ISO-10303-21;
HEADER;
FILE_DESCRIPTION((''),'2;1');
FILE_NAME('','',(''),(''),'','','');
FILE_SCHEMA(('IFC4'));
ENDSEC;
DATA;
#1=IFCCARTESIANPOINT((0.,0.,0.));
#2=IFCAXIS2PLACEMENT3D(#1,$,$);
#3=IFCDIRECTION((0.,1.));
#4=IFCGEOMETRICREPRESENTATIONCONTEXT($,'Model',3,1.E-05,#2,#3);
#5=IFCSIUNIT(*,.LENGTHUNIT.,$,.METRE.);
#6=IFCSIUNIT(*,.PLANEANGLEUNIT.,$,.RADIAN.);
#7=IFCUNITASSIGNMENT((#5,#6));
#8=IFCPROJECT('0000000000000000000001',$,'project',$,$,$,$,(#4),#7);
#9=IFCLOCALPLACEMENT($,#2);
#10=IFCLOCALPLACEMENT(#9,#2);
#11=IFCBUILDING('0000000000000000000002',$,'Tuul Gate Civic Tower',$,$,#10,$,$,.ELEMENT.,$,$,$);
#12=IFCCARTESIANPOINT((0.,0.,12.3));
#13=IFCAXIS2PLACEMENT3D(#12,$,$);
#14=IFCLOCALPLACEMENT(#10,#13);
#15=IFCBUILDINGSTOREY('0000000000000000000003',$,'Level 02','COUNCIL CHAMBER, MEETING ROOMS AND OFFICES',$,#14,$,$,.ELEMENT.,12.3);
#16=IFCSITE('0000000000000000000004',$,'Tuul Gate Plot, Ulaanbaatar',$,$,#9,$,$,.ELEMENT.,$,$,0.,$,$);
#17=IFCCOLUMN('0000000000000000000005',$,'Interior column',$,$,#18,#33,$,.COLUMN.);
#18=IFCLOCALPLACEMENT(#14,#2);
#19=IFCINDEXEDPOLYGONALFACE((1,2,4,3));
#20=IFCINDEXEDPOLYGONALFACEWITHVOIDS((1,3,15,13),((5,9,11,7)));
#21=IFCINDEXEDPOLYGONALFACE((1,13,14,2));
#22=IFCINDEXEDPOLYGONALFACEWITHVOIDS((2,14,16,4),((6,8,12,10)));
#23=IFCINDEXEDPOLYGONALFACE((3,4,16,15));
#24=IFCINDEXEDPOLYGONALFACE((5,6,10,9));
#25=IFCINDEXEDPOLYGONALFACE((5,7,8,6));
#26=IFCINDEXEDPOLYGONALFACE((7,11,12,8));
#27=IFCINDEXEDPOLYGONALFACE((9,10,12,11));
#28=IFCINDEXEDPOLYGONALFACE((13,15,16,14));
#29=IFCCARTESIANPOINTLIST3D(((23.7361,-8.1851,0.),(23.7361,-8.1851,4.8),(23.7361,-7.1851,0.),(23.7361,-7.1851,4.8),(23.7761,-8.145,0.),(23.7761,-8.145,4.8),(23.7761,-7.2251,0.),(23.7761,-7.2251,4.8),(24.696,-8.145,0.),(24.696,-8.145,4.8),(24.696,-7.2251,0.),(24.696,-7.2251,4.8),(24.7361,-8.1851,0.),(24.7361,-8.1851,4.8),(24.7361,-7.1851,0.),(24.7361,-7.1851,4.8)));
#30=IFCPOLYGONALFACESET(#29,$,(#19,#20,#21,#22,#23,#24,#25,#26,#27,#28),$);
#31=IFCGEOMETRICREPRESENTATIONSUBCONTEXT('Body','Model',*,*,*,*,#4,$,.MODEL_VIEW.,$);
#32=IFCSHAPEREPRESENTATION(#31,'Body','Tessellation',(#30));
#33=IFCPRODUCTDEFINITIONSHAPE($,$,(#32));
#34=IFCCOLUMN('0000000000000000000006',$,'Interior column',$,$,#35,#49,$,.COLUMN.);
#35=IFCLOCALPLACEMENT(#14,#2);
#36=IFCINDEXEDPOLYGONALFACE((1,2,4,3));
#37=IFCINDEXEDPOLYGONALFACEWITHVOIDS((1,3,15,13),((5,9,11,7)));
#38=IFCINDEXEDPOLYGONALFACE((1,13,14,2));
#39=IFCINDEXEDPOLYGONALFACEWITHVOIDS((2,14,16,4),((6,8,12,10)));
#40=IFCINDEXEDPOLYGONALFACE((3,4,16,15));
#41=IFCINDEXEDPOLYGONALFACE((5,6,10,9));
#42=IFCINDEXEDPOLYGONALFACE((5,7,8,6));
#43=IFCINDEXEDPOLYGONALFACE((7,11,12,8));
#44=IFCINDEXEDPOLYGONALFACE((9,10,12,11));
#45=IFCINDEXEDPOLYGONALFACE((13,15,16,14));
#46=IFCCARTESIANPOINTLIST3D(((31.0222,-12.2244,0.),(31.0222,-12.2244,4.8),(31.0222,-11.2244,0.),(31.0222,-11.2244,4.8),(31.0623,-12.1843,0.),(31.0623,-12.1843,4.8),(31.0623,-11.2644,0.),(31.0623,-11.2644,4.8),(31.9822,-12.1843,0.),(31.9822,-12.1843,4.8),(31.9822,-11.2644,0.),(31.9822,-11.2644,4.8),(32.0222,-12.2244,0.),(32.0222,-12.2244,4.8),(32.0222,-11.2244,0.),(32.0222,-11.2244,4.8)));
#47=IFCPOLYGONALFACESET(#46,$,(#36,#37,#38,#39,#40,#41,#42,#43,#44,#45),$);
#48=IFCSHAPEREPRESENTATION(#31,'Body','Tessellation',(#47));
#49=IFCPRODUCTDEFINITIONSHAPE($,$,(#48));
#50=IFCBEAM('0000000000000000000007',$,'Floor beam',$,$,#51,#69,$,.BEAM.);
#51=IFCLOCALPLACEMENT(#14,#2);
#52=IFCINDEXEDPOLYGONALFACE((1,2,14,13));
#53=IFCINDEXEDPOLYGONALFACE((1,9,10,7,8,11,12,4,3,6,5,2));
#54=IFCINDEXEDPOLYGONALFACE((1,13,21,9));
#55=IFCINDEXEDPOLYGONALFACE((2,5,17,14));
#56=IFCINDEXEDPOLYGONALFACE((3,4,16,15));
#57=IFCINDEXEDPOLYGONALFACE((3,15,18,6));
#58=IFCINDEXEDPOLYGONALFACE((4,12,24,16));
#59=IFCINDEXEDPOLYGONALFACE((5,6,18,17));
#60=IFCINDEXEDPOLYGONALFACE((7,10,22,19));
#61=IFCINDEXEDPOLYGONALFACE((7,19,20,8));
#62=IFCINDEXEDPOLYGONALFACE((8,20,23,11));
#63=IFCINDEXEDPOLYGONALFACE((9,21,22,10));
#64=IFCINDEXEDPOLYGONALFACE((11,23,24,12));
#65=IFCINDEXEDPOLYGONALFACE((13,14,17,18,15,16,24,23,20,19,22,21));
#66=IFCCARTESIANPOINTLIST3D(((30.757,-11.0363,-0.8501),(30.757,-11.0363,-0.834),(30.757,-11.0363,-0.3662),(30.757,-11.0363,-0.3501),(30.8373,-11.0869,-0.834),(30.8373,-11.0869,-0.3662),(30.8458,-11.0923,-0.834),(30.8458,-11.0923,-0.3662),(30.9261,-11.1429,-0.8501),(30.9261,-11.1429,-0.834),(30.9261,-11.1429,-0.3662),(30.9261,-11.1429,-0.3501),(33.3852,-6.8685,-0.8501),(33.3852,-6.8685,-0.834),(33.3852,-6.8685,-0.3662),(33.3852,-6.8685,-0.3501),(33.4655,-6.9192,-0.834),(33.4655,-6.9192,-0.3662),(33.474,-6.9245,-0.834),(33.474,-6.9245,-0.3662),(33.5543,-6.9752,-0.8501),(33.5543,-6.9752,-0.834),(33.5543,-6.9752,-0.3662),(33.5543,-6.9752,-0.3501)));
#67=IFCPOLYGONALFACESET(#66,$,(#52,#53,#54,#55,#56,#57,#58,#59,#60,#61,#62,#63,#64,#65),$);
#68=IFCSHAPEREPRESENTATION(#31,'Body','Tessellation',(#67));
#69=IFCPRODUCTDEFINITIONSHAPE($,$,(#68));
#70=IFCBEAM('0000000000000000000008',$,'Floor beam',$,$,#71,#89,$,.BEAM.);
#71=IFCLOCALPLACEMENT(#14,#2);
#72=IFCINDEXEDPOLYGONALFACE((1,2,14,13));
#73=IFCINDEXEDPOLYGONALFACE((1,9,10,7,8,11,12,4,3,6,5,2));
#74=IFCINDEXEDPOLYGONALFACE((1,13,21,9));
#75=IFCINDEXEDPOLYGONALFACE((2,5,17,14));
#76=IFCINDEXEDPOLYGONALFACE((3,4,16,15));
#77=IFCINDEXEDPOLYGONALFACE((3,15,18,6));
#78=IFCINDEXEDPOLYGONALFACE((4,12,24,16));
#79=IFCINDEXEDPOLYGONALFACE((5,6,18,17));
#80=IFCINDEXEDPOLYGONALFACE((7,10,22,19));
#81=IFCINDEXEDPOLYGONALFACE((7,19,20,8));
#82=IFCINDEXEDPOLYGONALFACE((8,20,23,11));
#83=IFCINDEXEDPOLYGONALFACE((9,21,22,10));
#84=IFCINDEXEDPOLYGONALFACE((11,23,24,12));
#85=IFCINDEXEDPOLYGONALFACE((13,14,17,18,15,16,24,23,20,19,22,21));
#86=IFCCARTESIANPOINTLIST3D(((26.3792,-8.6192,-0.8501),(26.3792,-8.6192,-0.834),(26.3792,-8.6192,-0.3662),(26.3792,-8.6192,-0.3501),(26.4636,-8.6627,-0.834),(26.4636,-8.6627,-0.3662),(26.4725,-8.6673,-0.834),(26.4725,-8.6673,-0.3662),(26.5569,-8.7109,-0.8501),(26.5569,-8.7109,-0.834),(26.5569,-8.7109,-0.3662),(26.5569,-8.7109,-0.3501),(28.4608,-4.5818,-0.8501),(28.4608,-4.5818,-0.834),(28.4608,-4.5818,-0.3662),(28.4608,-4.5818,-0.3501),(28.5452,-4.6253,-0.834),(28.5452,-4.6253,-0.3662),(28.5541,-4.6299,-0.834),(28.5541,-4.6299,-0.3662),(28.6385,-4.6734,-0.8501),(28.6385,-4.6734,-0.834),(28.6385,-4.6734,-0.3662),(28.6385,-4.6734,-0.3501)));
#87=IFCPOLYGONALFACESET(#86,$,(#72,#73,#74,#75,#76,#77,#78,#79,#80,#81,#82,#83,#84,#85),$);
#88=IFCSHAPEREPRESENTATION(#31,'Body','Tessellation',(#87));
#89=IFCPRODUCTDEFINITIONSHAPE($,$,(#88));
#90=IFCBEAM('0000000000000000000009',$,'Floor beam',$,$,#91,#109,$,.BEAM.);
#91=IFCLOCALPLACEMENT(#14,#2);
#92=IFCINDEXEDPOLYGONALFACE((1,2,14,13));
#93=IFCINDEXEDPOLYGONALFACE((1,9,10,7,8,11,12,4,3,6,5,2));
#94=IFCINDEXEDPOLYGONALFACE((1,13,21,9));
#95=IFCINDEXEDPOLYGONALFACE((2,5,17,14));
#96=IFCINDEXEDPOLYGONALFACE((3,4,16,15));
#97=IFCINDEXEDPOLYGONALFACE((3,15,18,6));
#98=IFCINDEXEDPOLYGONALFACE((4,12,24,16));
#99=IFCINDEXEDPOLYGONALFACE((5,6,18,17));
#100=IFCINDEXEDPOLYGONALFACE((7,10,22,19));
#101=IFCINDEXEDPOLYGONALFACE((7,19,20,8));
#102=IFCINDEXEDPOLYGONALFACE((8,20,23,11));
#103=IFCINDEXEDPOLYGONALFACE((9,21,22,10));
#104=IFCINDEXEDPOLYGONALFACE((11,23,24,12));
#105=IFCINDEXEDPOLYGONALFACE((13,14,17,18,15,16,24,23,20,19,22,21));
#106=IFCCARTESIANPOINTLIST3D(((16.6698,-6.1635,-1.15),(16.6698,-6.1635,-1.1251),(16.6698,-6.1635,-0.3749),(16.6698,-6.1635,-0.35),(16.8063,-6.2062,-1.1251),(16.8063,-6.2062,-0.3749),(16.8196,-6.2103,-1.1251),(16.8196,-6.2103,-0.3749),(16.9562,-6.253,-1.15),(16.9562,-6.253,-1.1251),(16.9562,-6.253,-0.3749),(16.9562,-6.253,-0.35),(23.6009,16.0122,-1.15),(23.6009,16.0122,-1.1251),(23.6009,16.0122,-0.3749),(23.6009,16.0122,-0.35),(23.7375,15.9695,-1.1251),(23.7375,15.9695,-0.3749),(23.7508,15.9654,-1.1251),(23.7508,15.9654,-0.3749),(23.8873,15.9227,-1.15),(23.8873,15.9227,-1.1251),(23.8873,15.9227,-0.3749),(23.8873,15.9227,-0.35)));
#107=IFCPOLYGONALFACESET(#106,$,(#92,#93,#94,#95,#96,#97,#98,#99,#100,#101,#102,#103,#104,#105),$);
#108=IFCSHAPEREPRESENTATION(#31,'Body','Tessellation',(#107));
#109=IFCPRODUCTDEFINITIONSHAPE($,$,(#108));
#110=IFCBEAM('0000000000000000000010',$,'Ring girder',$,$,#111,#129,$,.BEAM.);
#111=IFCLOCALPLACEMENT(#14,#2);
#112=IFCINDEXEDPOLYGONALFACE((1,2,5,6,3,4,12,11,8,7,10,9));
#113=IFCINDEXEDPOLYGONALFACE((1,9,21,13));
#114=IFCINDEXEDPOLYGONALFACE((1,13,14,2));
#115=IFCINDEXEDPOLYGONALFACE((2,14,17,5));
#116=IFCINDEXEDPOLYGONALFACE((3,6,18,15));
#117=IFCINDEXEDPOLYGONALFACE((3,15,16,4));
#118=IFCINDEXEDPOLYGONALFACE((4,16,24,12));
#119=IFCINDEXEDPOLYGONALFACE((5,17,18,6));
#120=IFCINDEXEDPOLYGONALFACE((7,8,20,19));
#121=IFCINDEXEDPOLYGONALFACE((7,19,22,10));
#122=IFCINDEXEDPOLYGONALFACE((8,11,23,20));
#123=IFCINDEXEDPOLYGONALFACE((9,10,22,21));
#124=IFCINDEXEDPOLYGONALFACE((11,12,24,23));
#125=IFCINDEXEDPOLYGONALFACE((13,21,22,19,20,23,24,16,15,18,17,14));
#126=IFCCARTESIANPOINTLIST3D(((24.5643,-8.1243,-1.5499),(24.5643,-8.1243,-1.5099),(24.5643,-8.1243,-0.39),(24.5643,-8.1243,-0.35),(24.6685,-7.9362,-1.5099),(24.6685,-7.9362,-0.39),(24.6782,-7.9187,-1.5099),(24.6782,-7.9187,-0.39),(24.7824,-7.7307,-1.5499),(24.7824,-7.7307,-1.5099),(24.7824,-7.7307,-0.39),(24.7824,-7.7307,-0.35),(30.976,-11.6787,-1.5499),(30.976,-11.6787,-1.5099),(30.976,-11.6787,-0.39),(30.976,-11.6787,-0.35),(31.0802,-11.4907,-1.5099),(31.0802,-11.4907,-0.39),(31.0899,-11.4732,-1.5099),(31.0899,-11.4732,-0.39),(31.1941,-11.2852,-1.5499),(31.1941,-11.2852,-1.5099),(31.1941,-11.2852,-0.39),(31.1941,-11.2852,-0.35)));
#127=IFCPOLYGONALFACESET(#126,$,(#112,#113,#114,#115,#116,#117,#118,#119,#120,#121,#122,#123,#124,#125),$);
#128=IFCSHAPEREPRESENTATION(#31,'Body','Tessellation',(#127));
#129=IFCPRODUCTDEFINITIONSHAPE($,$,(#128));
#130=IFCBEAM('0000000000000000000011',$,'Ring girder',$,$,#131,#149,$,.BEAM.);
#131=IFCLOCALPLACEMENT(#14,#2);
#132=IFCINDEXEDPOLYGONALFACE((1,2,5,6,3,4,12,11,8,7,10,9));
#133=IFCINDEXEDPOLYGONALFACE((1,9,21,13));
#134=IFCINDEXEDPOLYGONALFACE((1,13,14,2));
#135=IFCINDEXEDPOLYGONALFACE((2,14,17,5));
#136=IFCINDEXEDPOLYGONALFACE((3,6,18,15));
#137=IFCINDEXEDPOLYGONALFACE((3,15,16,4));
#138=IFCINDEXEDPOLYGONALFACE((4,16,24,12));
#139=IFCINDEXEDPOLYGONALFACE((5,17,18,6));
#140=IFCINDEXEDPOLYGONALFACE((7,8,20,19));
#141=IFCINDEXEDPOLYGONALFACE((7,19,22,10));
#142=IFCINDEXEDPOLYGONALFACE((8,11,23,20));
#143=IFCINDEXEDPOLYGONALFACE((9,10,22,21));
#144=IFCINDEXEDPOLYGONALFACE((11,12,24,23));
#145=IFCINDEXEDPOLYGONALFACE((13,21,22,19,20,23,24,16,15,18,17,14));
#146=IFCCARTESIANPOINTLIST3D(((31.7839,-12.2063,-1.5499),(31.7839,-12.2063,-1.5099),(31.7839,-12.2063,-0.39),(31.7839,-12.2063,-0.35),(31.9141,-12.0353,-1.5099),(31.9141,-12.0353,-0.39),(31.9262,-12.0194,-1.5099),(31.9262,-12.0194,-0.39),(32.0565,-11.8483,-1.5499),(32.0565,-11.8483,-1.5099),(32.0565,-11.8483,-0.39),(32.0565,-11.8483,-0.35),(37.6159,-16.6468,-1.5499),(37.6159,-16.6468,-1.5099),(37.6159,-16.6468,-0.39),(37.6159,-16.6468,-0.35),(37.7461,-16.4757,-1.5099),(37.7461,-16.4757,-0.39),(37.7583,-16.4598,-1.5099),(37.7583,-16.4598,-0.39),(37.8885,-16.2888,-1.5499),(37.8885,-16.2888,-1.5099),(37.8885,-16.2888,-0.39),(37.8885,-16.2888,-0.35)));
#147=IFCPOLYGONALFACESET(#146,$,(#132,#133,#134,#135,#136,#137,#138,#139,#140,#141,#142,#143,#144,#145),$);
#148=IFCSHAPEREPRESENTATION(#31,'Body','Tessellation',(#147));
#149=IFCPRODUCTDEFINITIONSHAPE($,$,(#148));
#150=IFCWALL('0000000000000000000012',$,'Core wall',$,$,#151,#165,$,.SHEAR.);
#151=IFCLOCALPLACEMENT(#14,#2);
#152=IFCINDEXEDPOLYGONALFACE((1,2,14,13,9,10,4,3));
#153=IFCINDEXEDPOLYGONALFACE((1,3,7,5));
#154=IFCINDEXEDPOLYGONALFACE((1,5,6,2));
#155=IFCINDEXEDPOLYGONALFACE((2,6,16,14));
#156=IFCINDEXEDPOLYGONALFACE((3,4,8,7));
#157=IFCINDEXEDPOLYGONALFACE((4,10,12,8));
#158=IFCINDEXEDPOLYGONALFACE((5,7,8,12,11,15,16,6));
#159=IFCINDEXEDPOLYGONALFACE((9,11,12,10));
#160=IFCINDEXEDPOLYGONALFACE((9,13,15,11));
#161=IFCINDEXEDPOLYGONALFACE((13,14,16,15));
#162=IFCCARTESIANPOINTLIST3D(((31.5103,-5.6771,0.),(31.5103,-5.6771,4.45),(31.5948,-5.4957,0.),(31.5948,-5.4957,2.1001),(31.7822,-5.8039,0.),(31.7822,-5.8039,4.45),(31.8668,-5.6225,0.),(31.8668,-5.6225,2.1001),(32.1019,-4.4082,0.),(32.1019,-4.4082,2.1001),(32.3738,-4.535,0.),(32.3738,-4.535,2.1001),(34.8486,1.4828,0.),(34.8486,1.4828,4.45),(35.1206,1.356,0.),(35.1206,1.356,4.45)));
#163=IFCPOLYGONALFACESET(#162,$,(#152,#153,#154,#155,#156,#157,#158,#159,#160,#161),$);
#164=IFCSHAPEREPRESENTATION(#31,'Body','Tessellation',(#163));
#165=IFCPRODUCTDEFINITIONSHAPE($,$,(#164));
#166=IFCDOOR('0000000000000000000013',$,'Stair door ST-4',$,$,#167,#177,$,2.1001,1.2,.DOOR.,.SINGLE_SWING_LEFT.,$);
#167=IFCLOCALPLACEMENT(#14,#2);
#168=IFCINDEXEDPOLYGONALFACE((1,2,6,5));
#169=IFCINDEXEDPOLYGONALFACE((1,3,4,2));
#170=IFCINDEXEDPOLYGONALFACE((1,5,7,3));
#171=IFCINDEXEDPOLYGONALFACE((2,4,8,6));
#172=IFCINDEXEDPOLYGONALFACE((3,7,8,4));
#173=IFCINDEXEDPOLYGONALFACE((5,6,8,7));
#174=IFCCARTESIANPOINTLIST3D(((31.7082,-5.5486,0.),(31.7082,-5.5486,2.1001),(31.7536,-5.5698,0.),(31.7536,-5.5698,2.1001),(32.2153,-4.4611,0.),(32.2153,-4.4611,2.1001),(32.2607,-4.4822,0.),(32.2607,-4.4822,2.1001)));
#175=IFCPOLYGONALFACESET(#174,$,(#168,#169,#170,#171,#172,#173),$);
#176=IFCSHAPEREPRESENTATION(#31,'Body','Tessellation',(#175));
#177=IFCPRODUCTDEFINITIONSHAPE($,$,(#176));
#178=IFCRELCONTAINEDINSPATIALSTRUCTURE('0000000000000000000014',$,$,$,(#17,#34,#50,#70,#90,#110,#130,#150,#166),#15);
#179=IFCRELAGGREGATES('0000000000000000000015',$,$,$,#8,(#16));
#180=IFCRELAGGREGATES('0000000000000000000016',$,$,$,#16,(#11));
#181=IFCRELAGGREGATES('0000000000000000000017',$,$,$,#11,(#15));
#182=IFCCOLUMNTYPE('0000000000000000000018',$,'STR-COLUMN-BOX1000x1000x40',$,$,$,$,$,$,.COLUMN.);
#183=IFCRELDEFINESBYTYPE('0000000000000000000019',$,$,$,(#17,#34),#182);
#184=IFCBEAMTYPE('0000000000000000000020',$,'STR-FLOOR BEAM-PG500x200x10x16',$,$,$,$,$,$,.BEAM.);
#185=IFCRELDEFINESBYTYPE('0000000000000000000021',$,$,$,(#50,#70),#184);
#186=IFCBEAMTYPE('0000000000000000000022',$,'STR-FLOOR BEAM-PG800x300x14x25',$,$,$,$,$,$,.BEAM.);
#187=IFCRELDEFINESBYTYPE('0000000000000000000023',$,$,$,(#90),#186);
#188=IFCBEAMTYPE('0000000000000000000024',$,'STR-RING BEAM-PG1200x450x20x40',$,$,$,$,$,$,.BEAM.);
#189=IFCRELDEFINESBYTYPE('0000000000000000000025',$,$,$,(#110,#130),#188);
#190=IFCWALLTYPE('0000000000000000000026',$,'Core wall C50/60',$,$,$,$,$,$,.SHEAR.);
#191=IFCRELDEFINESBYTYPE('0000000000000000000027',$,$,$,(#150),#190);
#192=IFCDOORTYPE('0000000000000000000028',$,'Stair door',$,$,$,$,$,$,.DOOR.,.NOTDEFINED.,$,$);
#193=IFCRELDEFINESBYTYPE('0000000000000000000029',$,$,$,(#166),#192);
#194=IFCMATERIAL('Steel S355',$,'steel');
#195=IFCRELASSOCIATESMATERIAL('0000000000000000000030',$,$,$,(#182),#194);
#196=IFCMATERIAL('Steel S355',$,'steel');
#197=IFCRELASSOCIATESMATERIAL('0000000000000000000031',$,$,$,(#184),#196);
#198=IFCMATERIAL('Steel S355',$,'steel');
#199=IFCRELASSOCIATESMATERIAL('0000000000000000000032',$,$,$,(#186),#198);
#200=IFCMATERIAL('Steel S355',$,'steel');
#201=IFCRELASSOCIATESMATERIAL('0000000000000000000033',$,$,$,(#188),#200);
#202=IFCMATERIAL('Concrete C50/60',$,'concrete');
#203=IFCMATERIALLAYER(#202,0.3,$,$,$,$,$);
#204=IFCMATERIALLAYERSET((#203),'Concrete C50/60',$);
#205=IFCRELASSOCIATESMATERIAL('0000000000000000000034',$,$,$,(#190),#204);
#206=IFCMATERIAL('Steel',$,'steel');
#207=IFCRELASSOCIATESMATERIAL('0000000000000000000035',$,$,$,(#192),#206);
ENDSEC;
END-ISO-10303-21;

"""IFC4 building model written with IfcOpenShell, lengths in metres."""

from ifc_helpers import new_model, si_unit, direction, frame, frame_2d, origin, origin_2d, place, context, subcontext, project, spatial, rectangle, hollow_rectangle, i_section, extrude, material, layer, layer_set, material_profile, profile_set, type_object, element, fill, save


model = new_model("IFC4")

# Units and contexts
model_context = context("Model", 3, precision=1e-05, world=origin(), true_north=direction((0.0, 1.0)))
body_context = subcontext(model_context, "Body", "Model", "MODEL_VIEW")
ifc_project = project(units=[si_unit("LENGTHUNIT", "METRE"), si_unit("PLANEANGLEUNIT", "RADIAN")], contexts=[model_context])

# Site, building, storey
site_placement = place(None, origin())
site = spatial("IfcSite", under=ifc_project, at=site_placement, Name="Tuul Gate Plot, Ulaanbaatar", CompositionType="ELEMENT", RefElevation=0.0)
building_placement = place(site_placement, origin())
building = spatial("IfcBuilding", under=site, at=building_placement, Name="Tuul Gate Civic Tower", CompositionType="ELEMENT")
storey_placement = place(building_placement, frame((0.0, 0.0, 12.3)))
storey = spatial("IfcBuildingStorey", under=building, at=storey_placement, Name="Level 02", Description="COUNCIL CHAMBER, MEETING ROOMS AND OFFICES", CompositionType="ELEMENT", Elevation=12.3)

# Columns
ifc_material_1 = material(Name="Steel S355", Category="steel")
ifc_material_profile_1 = material_profile(ifc_material_1, hollow_rectangle(XDim=1.0, YDim=1.0, WallThickness=0.04, at=origin_2d()), Name="BOX1000x1000x40")
ifc_profile_set_1 = profile_set([ifc_material_profile_1], Name="Steel S355")
column_type = type_object("IfcColumnType", Name="STR-COLUMN-BOX1000x1000x40", PredefinedType="COLUMN", material=ifc_profile_set_1)
for number, where, z_axis, x_axis, name in (
    (1, (24.2361, -7.6851, 0.0), (0.0, 0.0, 1.0), (1.0, 0.0, 0.0), "Interior column"),
    (2, (31.5222, -11.7244, 0.0), (0.0, 0.0, 1.0), (1.0, 0.0, 0.0), "Interior column"),
):
    element("IfcColumn", number, at=place(storey_placement, frame(where, z_axis=z_axis, x_axis=x_axis)), inside=storey, type_object=column_type, Name=name, PredefinedType="COLUMN", context=body_context, shape_type="SweptSolid", body=[
        extrude(hollow_rectangle(XDim=1.0, YDim=1.0, WallThickness=0.04, at=origin_2d()), origin(), (0.0, 0.0, 1.0), 4.8),
    ])

# Beams
ifc_material_2 = material(Name="Steel S355", Category="steel")
ifc_material_profile_2 = material_profile(ifc_material_2, i_section(OverallWidth=0.2, OverallDepth=0.5, WebThickness=0.01, FlangeThickness=0.0161, at=origin_2d()), Name="PG500x200x10x16")
ifc_profile_set_2 = profile_set([ifc_material_profile_2], Name="Steel S355")
beam_type_1 = type_object("IfcBeamType", Name="STR-FLOOR BEAM-PG500x200x10x16", PredefinedType="BEAM", material=ifc_profile_set_2)
beam_1_placement = place(storey_placement, frame((30.8416, -11.0896, -0.6001), z_axis=(0.533402, 0.845862, 0.0), x_axis=(-0.845862, 0.533402, 0.0)))
element("IfcBeam", 3, at=beam_1_placement, inside=storey, type_object=beam_type_1, Name="Floor beam", PredefinedType="BEAM", context=body_context, shape_type="SweptSolid", body=[
    extrude(i_section(OverallWidth=0.2, OverallDepth=0.5, WebThickness=0.01, FlangeThickness=0.0161, at=origin_2d()), origin(), (0.0, 0.0, 1.0), 4.9272),
])
beam_2_placement = place(storey_placement, frame((26.468, -8.665, -0.6001), z_axis=(0.458251, 0.888823, 0.0), x_axis=(-0.888823, 0.458251, 0.0)))
element("IfcBeam", 4, at=beam_2_placement, inside=storey, type_object=beam_type_1, Name="Floor beam", PredefinedType="BEAM", context=body_context, shape_type="SweptSolid", body=[
    extrude(i_section(OverallWidth=0.2, OverallDepth=0.5, WebThickness=0.01, FlangeThickness=0.0161, at=origin_2d()), origin(), (0.0, 0.0, 1.0), 4.5425),
])
ifc_material_3 = material(Name="Steel S355", Category="steel")
ifc_material_profile_3 = material_profile(ifc_material_3, i_section(OverallWidth=0.3, OverallDepth=0.8, WebThickness=0.0139, FlangeThickness=0.0249, at=origin_2d()), Name="PG800x300x14x25")
ifc_profile_set_3 = profile_set([ifc_material_profile_3], Name="Steel S355")
beam_type_2 = type_object("IfcBeamType", Name="STR-FLOOR BEAM-PG800x300x14x25", PredefinedType="BEAM", material=ifc_profile_set_3)
beam_3_placement = place(storey_placement, frame((16.813, -6.2083, -0.75), z_axis=(0.298323, 0.954465, 0.0), x_axis=(-0.954465, 0.298323, 0.0)))
element("IfcBeam", 5, at=beam_3_placement, inside=storey, type_object=beam_type_2, Name="Floor beam", PredefinedType="BEAM", context=body_context, shape_type="SweptSolid", body=[
    extrude(i_section(OverallWidth=0.3, OverallDepth=0.8, WebThickness=0.0139, FlangeThickness=0.0249, at=origin_2d()), origin(), (0.0, 0.0, 1.0), 23.2336),
])
ifc_material_4 = material(Name="Steel S355", Category="steel")
ifc_material_profile_4 = material_profile(ifc_material_4, i_section(OverallWidth=0.45, OverallDepth=1.2, WebThickness=0.02, FlangeThickness=0.04, at=origin_2d()), Name="PG1200x450x20x40")
ifc_profile_set_4 = profile_set([ifc_material_profile_4], Name="Steel S355")
beam_type_3 = type_object("IfcBeamType", Name="STR-RING BEAM-PG1200x450x20x40", PredefinedType="BEAM", material=ifc_profile_set_4)
beam_4_placement = place(storey_placement, frame((24.6733, -7.9275, -0.95), z_axis=(0.874595, -0.484854, 0.0), x_axis=(0.484854, 0.874595, 0.0)))
element("IfcBeam", 6, at=beam_4_placement, inside=storey, type_object=beam_type_3, Name="Ring girder", PredefinedType="BEAM", context=body_context, shape_type="SweptSolid", body=[
    extrude(i_section(OverallWidth=0.45, OverallDepth=1.2, WebThickness=0.02, FlangeThickness=0.04, at=origin_2d()), origin(), (0.0, 0.0, 1.0), 7.3311),
])
beam_5_placement = place(storey_placement, frame((31.9202, -12.0273, -0.95), z_axis=(0.79563, -0.605782, 0.0), x_axis=(0.605782, 0.79563, 0.0)))
element("IfcBeam", 7, at=beam_5_placement, inside=storey, type_object=beam_type_3, Name="Ring girder", PredefinedType="BEAM", context=body_context, shape_type="SweptSolid", body=[
    extrude(i_section(OverallWidth=0.45, OverallDepth=1.2, WebThickness=0.02, FlangeThickness=0.04, at=origin_2d()), origin(), (0.0, 0.0, 1.0), 7.3301),
])

# Wall, opening, door
ifc_material_5 = material(Name="Concrete C50/60", Category="concrete")
ifc_layer_1 = layer(ifc_material_5, 0.3)
ifc_layer_set_1 = layer_set([ifc_layer_1], Name="Concrete C50/60")
wall_type_1 = type_object("IfcWallType", Name="Core wall C50/60", PredefinedType="SHEAR", material=ifc_layer_set_1)
wall_1_placement = place(storey_placement, frame((31.6462, -5.7405, 0.0), z_axis=(0.0, 0.0, 1.0), x_axis=(0.422583, 0.906324, 0.0)))
wall_1 = element("IfcWall", 8, at=wall_1_placement, inside=storey, type_object=wall_type_1, Name="Core wall", PredefinedType="SHEAR", context=body_context, shape_type="SweptSolid", body=[
    extrude(rectangle(XDim=7.8999, YDim=0.3, at=frame_2d((3.95, 0.0))), origin(), (0.0, 0.0, 1.0), 4.45),
])
opening_1_placement = place(wall_1_placement, frame((0.2, 0.0, 0.0)))
opening_1 = element("IfcOpeningElement", 9, at=opening_1_placement, cuts=wall_1, PredefinedType="OPENING", context=body_context, shape_type="SweptSolid", body=[
    extrude(rectangle(XDim=1.2, YDim=2.1001, at=frame_2d((0.6001, 1.05))), frame((0.0, 0.1602, 0.0), z_axis=(0.0, -1.0, 0.0), x_axis=(1.0, 0.0, 0.0)), (0.0, 0.0, 1.0), 0.3201),
])
ifc_material_6 = material(Name="Steel", Category="steel")
door_type_1 = type_object("IfcDoorType", Name="Stair door", OperationType="NOTDEFINED", PredefinedType="DOOR", material=ifc_material_6)
door_1_placement = place(opening_1_placement, origin())
door_1 = element("IfcDoor", 10, at=door_1_placement, inside=storey, type_object=door_type_1, Name="Stair door ST-4", OperationType="SINGLE_SWING_LEFT", OverallHeight=2.1001, OverallWidth=1.2, PredefinedType="DOOR", context=body_context, shape_type="SweptSolid", body=[
    extrude(rectangle(XDim=1.2, YDim=2.1001, at=frame_2d((0.6001, 1.05))), frame((0.0, 0.0249, 0.0), z_axis=(0.0, -1.0, 0.0), x_axis=(1.0, 0.0, 0.0)), (0.0, 0.0, 1.0), 0.05),
])
fill(opening_1, door_1)

save(model, "model.ifc")
